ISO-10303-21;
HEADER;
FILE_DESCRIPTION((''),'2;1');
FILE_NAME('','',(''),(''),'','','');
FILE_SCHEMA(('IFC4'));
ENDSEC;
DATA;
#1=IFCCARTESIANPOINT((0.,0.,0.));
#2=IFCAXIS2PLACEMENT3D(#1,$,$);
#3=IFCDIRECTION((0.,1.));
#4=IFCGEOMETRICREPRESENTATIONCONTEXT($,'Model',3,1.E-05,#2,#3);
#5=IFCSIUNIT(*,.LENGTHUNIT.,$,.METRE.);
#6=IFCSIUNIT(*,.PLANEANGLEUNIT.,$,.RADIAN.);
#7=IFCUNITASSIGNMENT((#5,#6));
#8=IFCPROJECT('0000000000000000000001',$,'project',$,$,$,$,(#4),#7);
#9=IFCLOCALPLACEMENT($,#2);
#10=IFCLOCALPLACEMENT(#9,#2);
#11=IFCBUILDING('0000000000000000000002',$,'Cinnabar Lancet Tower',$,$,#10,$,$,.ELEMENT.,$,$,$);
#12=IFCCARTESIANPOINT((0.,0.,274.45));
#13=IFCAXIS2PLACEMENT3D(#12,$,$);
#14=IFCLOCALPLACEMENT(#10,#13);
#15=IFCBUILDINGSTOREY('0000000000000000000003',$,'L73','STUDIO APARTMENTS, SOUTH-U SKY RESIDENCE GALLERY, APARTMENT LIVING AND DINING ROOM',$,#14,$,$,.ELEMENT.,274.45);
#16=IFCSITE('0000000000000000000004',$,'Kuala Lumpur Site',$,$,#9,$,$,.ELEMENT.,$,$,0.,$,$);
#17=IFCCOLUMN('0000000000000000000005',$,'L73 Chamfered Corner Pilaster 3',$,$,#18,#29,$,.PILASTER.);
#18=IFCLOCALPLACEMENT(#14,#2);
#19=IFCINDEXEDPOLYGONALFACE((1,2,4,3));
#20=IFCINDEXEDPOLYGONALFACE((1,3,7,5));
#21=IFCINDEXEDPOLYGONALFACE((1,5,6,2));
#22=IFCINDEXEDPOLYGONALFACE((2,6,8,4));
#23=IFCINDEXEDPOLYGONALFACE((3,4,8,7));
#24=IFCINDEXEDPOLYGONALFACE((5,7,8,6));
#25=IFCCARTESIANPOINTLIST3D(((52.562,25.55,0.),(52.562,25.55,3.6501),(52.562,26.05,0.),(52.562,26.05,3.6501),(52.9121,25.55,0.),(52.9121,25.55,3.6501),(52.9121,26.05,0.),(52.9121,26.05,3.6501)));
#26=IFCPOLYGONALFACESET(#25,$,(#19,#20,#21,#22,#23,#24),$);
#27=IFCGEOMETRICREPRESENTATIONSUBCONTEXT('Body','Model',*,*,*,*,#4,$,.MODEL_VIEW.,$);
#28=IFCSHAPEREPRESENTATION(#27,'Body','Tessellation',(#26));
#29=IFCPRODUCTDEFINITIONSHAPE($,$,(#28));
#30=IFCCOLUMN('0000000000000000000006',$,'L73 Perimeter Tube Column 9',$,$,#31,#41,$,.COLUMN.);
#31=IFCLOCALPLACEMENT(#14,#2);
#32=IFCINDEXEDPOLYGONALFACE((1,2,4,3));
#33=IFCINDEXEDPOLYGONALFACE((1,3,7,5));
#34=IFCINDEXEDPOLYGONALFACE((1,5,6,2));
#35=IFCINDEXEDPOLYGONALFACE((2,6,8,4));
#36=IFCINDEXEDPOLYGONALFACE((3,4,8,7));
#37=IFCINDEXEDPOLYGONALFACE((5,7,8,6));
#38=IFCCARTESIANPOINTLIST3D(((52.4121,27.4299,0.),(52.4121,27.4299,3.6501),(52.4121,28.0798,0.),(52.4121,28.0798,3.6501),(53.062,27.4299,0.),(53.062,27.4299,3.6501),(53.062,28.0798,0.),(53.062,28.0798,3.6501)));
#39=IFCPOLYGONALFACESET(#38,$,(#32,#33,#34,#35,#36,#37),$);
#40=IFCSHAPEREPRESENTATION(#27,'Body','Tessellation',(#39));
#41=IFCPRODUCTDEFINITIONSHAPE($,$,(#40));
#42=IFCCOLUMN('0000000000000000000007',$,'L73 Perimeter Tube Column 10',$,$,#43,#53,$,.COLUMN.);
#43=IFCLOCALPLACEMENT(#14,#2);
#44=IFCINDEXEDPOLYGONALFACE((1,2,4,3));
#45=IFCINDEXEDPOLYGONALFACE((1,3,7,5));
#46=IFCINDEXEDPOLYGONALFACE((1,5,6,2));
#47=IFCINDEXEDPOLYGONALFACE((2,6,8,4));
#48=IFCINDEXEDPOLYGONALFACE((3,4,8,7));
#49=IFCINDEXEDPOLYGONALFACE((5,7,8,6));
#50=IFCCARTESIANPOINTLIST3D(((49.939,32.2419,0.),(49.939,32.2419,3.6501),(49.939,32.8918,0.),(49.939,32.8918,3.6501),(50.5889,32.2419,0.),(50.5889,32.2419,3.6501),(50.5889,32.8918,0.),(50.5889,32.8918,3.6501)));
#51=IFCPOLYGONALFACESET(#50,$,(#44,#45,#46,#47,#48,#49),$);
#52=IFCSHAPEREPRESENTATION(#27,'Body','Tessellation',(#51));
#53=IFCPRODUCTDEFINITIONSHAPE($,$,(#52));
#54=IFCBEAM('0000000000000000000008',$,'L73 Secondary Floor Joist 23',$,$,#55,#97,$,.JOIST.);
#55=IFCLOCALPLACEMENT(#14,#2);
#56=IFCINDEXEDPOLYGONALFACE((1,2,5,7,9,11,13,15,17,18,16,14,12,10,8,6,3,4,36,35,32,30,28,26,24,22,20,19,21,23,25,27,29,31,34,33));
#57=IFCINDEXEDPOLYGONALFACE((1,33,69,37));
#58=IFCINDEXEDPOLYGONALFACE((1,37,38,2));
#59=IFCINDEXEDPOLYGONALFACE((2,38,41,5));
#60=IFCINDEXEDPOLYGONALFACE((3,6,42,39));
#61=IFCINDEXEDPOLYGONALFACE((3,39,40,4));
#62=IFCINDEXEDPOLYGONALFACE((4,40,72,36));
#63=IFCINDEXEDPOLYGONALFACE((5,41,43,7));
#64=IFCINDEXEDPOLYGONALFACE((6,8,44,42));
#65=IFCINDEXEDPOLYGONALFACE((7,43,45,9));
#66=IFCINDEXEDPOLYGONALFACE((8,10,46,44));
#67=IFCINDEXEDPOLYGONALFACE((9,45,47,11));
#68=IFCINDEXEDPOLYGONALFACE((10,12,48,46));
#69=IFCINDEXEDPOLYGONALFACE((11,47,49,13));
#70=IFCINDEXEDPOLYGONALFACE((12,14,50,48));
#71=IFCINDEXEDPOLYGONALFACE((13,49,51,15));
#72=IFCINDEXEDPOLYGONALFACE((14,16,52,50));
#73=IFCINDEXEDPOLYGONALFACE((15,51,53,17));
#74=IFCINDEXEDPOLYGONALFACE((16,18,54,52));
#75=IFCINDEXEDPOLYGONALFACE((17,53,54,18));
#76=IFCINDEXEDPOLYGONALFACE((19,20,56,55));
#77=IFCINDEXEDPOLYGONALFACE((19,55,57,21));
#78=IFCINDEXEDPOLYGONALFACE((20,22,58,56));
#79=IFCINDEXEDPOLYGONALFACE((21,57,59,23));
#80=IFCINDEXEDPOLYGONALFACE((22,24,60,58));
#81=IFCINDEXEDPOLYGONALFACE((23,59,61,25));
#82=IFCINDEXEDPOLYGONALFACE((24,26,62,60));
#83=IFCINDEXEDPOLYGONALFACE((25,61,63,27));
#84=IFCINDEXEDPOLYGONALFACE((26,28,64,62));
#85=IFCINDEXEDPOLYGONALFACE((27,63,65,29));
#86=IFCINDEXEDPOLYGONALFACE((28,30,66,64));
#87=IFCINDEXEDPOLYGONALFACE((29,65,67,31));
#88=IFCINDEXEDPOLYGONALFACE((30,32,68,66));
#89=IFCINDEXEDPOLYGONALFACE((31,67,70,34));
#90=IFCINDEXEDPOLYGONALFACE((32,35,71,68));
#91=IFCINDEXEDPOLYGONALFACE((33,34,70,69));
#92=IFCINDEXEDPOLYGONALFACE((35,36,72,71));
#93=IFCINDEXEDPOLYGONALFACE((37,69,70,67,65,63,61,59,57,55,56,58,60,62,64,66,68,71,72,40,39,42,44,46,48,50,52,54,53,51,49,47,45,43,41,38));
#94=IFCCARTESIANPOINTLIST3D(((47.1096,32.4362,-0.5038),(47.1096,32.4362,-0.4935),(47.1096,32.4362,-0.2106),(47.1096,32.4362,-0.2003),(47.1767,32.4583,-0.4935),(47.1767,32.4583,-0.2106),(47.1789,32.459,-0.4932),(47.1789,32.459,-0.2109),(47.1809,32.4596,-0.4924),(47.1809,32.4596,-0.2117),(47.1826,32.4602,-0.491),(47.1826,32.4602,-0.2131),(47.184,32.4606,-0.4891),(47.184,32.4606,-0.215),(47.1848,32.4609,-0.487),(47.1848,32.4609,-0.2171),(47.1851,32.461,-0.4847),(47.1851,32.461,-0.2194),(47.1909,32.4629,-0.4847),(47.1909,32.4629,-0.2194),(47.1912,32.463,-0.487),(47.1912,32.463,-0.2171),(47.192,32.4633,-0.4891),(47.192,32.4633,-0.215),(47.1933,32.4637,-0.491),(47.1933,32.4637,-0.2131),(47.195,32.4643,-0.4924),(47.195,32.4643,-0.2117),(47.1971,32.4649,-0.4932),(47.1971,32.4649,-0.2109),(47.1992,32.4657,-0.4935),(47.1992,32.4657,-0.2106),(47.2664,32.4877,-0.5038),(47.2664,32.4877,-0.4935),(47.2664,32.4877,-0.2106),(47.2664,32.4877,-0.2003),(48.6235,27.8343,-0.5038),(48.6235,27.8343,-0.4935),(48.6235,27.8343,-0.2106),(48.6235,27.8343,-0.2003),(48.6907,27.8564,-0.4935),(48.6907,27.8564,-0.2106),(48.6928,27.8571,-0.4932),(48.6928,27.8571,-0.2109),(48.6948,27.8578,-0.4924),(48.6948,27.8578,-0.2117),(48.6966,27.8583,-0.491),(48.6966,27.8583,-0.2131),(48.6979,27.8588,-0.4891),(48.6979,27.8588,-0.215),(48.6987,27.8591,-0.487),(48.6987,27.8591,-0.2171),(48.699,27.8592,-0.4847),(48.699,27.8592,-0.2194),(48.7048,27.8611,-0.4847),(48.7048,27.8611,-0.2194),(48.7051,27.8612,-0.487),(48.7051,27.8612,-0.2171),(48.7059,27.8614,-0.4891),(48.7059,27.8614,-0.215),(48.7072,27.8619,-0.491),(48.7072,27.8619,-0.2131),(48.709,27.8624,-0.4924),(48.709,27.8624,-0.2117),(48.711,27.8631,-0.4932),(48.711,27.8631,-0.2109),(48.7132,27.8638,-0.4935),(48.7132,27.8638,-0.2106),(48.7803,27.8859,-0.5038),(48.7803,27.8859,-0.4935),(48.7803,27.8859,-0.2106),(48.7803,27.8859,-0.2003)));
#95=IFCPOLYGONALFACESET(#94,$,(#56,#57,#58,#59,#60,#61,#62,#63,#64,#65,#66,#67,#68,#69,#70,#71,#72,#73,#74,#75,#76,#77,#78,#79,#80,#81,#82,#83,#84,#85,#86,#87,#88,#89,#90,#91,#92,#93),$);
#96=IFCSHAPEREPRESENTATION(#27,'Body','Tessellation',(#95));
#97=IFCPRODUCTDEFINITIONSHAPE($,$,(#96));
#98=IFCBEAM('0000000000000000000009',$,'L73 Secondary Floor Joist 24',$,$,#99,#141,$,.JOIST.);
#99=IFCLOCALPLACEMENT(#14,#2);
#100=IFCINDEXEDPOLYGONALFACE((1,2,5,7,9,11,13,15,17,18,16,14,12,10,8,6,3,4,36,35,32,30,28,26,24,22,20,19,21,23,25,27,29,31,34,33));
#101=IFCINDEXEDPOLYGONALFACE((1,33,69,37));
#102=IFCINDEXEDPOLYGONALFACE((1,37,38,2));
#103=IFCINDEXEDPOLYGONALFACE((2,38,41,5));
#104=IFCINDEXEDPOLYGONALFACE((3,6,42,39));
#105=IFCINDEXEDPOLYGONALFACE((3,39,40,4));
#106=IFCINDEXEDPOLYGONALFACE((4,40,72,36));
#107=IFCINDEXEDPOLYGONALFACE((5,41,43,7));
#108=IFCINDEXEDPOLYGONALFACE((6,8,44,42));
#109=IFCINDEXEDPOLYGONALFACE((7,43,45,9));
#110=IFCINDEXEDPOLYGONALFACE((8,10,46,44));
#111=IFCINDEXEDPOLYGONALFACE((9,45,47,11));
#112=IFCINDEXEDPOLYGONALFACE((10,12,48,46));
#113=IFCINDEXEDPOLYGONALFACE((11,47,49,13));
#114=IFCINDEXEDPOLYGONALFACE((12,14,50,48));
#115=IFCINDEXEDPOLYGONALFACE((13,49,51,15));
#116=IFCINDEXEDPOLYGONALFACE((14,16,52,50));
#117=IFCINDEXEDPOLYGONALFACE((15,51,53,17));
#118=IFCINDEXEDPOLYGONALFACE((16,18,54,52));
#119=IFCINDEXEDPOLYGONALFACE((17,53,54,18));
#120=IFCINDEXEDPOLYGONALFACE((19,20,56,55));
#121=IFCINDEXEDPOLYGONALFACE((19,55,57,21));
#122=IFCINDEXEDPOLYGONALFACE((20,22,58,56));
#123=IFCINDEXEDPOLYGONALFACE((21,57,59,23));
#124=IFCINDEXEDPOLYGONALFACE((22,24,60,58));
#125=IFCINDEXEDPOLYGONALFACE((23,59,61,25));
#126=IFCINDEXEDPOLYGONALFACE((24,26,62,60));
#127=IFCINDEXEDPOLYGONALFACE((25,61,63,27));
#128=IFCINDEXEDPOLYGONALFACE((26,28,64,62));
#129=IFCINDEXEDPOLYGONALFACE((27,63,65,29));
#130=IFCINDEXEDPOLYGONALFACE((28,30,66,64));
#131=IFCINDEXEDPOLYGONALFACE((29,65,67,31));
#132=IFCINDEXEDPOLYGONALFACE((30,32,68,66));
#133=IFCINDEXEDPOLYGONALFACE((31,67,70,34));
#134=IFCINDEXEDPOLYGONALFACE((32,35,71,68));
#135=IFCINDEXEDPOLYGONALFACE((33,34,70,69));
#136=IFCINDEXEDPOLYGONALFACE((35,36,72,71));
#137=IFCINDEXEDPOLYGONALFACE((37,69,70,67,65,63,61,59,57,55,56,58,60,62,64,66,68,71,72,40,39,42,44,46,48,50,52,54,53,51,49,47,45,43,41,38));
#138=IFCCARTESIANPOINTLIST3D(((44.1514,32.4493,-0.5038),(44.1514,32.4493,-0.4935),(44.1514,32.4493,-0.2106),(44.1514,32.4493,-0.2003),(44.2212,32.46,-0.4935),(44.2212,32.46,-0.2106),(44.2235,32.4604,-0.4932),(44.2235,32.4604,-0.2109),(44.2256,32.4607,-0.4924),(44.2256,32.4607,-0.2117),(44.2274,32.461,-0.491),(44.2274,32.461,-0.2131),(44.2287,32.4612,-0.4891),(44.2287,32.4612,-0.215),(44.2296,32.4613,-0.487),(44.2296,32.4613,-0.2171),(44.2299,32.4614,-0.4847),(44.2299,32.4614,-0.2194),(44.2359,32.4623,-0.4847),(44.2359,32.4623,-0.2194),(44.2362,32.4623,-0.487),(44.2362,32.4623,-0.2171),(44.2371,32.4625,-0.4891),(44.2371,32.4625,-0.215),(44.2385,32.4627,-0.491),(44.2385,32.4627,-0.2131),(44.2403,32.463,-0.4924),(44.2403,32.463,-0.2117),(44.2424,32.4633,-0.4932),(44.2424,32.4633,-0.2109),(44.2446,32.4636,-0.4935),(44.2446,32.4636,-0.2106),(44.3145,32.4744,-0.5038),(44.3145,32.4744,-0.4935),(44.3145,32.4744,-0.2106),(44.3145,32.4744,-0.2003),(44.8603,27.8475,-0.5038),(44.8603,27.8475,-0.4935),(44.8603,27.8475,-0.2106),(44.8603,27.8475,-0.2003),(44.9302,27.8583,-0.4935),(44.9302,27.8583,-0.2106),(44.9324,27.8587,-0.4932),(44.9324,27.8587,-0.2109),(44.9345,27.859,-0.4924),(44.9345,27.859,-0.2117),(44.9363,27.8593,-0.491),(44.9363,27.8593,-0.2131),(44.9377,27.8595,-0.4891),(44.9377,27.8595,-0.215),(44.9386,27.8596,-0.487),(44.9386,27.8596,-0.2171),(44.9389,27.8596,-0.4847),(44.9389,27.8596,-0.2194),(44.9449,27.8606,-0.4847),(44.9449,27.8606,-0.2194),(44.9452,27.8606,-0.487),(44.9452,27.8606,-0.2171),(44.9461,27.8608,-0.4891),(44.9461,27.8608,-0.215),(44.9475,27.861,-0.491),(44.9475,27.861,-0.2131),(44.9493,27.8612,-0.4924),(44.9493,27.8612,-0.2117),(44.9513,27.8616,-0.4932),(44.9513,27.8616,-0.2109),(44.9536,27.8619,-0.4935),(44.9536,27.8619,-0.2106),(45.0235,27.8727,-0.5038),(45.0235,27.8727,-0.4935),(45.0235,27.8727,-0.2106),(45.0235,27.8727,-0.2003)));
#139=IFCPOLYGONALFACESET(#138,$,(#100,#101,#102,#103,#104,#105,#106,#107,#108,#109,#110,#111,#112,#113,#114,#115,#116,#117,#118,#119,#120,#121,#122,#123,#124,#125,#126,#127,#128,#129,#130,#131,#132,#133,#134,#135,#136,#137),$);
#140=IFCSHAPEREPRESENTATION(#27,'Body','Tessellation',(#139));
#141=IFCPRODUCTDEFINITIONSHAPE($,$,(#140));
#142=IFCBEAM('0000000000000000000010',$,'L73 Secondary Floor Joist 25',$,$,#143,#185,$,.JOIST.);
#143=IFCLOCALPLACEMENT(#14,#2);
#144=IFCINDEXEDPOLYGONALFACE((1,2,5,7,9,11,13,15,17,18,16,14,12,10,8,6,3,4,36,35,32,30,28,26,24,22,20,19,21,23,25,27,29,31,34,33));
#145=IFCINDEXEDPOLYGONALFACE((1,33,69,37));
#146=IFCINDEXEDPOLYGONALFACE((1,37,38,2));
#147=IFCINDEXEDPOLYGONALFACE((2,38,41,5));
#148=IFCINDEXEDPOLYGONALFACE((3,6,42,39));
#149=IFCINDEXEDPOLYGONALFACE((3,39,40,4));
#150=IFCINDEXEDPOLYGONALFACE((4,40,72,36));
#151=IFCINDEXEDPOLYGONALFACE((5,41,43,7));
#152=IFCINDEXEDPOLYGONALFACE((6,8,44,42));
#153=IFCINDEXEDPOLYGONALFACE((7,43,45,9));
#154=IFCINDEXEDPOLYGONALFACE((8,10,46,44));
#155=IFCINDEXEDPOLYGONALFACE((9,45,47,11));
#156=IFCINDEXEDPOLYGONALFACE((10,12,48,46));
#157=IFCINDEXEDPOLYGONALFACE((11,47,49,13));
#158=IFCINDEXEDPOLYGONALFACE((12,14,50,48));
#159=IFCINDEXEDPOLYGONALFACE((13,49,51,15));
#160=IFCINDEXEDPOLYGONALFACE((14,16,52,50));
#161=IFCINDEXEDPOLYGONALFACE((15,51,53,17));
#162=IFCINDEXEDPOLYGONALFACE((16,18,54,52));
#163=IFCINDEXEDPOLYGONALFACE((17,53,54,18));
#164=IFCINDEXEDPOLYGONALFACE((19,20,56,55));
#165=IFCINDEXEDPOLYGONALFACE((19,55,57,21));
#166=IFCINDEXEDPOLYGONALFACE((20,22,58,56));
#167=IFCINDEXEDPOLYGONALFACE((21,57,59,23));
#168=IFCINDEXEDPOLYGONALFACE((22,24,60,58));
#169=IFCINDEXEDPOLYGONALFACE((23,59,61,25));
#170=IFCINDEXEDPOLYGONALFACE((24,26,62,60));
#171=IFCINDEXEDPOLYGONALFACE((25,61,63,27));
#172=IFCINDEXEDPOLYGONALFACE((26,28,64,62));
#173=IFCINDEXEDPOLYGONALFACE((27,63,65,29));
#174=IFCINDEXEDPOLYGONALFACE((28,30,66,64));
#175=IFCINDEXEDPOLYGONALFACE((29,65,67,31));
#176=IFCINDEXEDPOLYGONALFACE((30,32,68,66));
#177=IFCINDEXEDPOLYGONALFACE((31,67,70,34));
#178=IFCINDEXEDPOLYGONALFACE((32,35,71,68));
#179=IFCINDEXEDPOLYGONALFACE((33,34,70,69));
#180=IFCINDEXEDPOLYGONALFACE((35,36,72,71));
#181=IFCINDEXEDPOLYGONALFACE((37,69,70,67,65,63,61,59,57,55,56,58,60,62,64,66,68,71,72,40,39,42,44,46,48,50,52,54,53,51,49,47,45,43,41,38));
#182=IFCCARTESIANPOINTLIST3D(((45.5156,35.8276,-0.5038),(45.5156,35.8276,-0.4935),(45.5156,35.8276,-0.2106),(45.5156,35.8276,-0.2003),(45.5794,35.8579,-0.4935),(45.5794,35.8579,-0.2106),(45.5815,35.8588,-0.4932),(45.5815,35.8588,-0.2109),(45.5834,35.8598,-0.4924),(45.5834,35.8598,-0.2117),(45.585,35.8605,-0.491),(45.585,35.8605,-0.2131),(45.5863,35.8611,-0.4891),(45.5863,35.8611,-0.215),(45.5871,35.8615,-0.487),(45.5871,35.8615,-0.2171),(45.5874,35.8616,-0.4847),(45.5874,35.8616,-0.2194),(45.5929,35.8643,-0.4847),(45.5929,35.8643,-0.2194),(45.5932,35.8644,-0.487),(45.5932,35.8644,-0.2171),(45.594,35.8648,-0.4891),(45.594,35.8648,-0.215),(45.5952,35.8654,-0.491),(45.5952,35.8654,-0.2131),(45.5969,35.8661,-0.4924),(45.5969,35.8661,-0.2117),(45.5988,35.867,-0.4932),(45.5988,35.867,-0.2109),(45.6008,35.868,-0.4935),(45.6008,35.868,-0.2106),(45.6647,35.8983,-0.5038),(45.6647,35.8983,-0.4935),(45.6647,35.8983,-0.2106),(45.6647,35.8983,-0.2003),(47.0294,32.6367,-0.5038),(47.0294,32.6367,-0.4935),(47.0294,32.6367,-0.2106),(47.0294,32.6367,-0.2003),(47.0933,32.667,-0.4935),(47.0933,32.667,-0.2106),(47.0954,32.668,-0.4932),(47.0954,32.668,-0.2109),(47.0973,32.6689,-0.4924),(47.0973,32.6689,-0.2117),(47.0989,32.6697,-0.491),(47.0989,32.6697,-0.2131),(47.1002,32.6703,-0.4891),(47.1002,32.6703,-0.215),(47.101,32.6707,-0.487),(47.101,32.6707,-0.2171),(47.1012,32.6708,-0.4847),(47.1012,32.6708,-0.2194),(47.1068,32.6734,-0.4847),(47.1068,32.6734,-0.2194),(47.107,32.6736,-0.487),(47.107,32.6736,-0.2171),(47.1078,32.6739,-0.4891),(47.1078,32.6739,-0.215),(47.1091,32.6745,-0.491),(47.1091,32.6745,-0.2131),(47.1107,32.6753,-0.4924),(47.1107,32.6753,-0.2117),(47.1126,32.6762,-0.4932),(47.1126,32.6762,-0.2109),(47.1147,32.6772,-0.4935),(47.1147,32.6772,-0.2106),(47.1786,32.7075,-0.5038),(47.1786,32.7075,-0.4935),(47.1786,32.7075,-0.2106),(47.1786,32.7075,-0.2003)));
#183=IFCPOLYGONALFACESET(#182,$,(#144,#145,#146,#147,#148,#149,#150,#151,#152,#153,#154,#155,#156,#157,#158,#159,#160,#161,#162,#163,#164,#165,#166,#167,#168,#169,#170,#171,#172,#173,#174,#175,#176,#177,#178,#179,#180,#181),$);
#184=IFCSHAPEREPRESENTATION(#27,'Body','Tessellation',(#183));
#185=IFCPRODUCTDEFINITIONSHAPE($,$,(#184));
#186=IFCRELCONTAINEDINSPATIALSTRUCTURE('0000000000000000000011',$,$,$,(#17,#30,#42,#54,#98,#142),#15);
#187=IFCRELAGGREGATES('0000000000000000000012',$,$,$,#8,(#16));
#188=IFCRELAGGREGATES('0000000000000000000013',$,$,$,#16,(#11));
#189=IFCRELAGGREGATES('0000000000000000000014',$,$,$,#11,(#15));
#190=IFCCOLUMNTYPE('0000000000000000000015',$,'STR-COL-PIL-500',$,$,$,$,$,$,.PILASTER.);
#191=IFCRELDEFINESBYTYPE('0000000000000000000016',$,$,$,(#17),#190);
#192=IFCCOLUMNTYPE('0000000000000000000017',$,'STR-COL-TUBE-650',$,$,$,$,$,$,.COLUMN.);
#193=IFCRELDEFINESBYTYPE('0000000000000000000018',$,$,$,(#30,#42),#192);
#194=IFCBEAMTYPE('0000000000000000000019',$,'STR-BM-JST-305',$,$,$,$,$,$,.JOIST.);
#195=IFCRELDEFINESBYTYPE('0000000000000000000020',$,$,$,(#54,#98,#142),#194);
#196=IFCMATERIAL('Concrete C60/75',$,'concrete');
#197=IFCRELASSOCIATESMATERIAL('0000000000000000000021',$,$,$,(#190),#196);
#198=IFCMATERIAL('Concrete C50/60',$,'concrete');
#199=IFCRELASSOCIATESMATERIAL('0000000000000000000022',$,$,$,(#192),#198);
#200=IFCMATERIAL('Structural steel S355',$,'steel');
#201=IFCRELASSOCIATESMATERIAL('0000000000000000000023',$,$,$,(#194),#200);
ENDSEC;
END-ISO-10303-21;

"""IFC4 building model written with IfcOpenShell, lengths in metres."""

from ifc_helpers import new_model, si_unit, direction, frame, origin, origin_2d, place, context, subcontext, project, spatial, rectangle, i_section, extrude, material, material_profile, profile_set, type_object, element, save


model = new_model("IFC4")

# Units and contexts
model_context = context("Model", 3, precision=1e-05, world=origin(), true_north=direction((0.0, 1.0)))
body_context = subcontext(model_context, "Body", "Model", "MODEL_VIEW")
ifc_project = project(units=[si_unit("LENGTHUNIT", "METRE"), si_unit("PLANEANGLEUNIT", "RADIAN")], contexts=[model_context])

# Site, building, storey
site_placement = place(None, origin())
site = spatial("IfcSite", under=ifc_project, at=site_placement, Name="Kuala Lumpur Site", CompositionType="ELEMENT", RefElevation=0.0)
building_placement = place(site_placement, origin())
building = spatial("IfcBuilding", under=site, at=building_placement, Name="Cinnabar Lancet Tower", CompositionType="ELEMENT")
storey_placement = place(building_placement, frame((0.0, 0.0, 274.45)))
storey = spatial("IfcBuildingStorey", under=building, at=storey_placement, Name="L73", Description="STUDIO APARTMENTS, SOUTH-U SKY RESIDENCE GALLERY, APARTMENT LIVING AND DINING ROOM", CompositionType="ELEMENT", Elevation=274.45)

# Columns
ifc_material_1 = material(Name="Concrete C60/75", Category="concrete")
ifc_material_profile_1 = material_profile(ifc_material_1, rectangle(XDim=0.5, YDim=0.3501, at=origin_2d()), Name="RC-PIL 500x350")
ifc_profile_set_1 = profile_set([ifc_material_profile_1], Name="Concrete C60/75")
column_type_1 = type_object("IfcColumnType", Name="STR-COL-PIL-500", PredefinedType="PILASTER", material=ifc_profile_set_1)
column_placement = place(storey_placement, frame((52.7371, 25.8, 0.0), z_axis=(0.0, 0.0, 1.0), x_axis=(0.0, 1.0, 0.0)))
element("IfcColumn", 1, at=column_placement, inside=storey, type_object=column_type_1, Name="L73 Chamfered Corner Pilaster 3", PredefinedType="PILASTER", context=body_context, shape_type="SweptSolid", body=[
    extrude(rectangle(XDim=0.5, YDim=0.3501, at=origin_2d()), origin(), (0.0, 0.0, 1.0), 3.6501),
])
ifc_material_2 = material(Name="Concrete C50/60", Category="concrete")
ifc_material_profile_2 = material_profile(ifc_material_2, rectangle(XDim=0.6499, YDim=0.6499, at=origin_2d()), Name="RC-COL 650x650")
ifc_profile_set_2 = profile_set([ifc_material_profile_2], Name="Concrete C50/60")
column_type_2 = type_object("IfcColumnType", Name="STR-COL-TUBE-650", PredefinedType="COLUMN", material=ifc_profile_set_2)
for number, where, z_axis, x_axis, name in (
    (2, (52.7371, 27.7549, 0.0), (0.0, 0.0, 1.0), (1.0, 0.0, 0.0), "L73 Perimeter Tube Column 9"),
    (3, (50.2639, 32.5669, 0.0), (0.0, 0.0, 1.0), (1.0, 0.0, 0.0), "L73 Perimeter Tube Column 10"),
):
    element("IfcColumn", number, at=place(storey_placement, frame(where, z_axis=z_axis, x_axis=x_axis)), inside=storey, type_object=column_type_2, Name=name, PredefinedType="COLUMN", context=body_context, shape_type="SweptSolid", body=[
        extrude(rectangle(XDim=0.6499, YDim=0.6499, at=origin_2d()), origin(), (0.0, 0.0, 1.0), 3.6501),
    ])

# Beams
ifc_material_3 = material(Name="Structural steel S355", Category="steel")
ifc_material_profile_3 = material_profile(ifc_material_3, i_section(OverallWidth=0.165, OverallDepth=0.3035, WebThickness=0.0061, FlangeThickness=0.0103, FilletRadius=0.0088, at=origin_2d()), Name="UKB 305x165x40")
ifc_profile_set_3 = profile_set([ifc_material_profile_3], Name="Structural steel S355")
beam_type_1 = type_object("IfcBeamType", Name="STR-BM-JST-305", PredefinedType="JOIST", material=ifc_profile_set_3)
beam_1_placement = place(storey_placement, frame((48.7019, 27.8601, -0.3521), z_axis=(-0.312506, 0.949916, 0.0), x_axis=(-0.949916, -0.312506, 0.0)))
element("IfcBeam", 4, at=beam_1_placement, inside=storey, type_object=beam_type_1, Name="L73 Secondary Floor Joist 23", PredefinedType="JOIST", context=body_context, shape_type="SweptSolid", body=[
    extrude(i_section(OverallWidth=0.165, OverallDepth=0.3035, WebThickness=0.0061, FlangeThickness=0.0103, FilletRadius=0.0088, at=origin_2d()), origin(), (0.0, 0.0, 1.0), 4.8445),
])
beam_2_placement = place(storey_placement, frame((44.9419, 27.8601, -0.3521), z_axis=(-0.15227, 0.988339, 0.0), x_axis=(-0.988339, -0.15227, 0.0)))
element("IfcBeam", 5, at=beam_2_placement, inside=storey, type_object=beam_type_1, Name="L73 Secondary Floor Joist 24", PredefinedType="JOIST", context=body_context, shape_type="SweptSolid", body=[
    extrude(i_section(OverallWidth=0.165, OverallDepth=0.3035, WebThickness=0.0061, FlangeThickness=0.0103, FilletRadius=0.0088, at=origin_2d()), origin(), (0.0, 0.0, 1.0), 4.656),
])
beam_3_placement = place(storey_placement, frame((47.104, 32.6721, -0.3521), z_axis=(-0.428648, 0.903472, 0.0), x_axis=(-0.903472, -0.428648, 0.0)))
element("IfcBeam", 6, at=beam_3_placement, inside=storey, type_object=beam_type_1, Name="L73 Secondary Floor Joist 25", PredefinedType="JOIST", context=body_context, shape_type="SweptSolid", body=[
    extrude(i_section(OverallWidth=0.165, OverallDepth=0.3035, WebThickness=0.0061, FlangeThickness=0.0103, FilletRadius=0.0088, at=origin_2d()), origin(), (0.0, 0.0, 1.0), 3.5317),
])

save(model, "model.ifc")
